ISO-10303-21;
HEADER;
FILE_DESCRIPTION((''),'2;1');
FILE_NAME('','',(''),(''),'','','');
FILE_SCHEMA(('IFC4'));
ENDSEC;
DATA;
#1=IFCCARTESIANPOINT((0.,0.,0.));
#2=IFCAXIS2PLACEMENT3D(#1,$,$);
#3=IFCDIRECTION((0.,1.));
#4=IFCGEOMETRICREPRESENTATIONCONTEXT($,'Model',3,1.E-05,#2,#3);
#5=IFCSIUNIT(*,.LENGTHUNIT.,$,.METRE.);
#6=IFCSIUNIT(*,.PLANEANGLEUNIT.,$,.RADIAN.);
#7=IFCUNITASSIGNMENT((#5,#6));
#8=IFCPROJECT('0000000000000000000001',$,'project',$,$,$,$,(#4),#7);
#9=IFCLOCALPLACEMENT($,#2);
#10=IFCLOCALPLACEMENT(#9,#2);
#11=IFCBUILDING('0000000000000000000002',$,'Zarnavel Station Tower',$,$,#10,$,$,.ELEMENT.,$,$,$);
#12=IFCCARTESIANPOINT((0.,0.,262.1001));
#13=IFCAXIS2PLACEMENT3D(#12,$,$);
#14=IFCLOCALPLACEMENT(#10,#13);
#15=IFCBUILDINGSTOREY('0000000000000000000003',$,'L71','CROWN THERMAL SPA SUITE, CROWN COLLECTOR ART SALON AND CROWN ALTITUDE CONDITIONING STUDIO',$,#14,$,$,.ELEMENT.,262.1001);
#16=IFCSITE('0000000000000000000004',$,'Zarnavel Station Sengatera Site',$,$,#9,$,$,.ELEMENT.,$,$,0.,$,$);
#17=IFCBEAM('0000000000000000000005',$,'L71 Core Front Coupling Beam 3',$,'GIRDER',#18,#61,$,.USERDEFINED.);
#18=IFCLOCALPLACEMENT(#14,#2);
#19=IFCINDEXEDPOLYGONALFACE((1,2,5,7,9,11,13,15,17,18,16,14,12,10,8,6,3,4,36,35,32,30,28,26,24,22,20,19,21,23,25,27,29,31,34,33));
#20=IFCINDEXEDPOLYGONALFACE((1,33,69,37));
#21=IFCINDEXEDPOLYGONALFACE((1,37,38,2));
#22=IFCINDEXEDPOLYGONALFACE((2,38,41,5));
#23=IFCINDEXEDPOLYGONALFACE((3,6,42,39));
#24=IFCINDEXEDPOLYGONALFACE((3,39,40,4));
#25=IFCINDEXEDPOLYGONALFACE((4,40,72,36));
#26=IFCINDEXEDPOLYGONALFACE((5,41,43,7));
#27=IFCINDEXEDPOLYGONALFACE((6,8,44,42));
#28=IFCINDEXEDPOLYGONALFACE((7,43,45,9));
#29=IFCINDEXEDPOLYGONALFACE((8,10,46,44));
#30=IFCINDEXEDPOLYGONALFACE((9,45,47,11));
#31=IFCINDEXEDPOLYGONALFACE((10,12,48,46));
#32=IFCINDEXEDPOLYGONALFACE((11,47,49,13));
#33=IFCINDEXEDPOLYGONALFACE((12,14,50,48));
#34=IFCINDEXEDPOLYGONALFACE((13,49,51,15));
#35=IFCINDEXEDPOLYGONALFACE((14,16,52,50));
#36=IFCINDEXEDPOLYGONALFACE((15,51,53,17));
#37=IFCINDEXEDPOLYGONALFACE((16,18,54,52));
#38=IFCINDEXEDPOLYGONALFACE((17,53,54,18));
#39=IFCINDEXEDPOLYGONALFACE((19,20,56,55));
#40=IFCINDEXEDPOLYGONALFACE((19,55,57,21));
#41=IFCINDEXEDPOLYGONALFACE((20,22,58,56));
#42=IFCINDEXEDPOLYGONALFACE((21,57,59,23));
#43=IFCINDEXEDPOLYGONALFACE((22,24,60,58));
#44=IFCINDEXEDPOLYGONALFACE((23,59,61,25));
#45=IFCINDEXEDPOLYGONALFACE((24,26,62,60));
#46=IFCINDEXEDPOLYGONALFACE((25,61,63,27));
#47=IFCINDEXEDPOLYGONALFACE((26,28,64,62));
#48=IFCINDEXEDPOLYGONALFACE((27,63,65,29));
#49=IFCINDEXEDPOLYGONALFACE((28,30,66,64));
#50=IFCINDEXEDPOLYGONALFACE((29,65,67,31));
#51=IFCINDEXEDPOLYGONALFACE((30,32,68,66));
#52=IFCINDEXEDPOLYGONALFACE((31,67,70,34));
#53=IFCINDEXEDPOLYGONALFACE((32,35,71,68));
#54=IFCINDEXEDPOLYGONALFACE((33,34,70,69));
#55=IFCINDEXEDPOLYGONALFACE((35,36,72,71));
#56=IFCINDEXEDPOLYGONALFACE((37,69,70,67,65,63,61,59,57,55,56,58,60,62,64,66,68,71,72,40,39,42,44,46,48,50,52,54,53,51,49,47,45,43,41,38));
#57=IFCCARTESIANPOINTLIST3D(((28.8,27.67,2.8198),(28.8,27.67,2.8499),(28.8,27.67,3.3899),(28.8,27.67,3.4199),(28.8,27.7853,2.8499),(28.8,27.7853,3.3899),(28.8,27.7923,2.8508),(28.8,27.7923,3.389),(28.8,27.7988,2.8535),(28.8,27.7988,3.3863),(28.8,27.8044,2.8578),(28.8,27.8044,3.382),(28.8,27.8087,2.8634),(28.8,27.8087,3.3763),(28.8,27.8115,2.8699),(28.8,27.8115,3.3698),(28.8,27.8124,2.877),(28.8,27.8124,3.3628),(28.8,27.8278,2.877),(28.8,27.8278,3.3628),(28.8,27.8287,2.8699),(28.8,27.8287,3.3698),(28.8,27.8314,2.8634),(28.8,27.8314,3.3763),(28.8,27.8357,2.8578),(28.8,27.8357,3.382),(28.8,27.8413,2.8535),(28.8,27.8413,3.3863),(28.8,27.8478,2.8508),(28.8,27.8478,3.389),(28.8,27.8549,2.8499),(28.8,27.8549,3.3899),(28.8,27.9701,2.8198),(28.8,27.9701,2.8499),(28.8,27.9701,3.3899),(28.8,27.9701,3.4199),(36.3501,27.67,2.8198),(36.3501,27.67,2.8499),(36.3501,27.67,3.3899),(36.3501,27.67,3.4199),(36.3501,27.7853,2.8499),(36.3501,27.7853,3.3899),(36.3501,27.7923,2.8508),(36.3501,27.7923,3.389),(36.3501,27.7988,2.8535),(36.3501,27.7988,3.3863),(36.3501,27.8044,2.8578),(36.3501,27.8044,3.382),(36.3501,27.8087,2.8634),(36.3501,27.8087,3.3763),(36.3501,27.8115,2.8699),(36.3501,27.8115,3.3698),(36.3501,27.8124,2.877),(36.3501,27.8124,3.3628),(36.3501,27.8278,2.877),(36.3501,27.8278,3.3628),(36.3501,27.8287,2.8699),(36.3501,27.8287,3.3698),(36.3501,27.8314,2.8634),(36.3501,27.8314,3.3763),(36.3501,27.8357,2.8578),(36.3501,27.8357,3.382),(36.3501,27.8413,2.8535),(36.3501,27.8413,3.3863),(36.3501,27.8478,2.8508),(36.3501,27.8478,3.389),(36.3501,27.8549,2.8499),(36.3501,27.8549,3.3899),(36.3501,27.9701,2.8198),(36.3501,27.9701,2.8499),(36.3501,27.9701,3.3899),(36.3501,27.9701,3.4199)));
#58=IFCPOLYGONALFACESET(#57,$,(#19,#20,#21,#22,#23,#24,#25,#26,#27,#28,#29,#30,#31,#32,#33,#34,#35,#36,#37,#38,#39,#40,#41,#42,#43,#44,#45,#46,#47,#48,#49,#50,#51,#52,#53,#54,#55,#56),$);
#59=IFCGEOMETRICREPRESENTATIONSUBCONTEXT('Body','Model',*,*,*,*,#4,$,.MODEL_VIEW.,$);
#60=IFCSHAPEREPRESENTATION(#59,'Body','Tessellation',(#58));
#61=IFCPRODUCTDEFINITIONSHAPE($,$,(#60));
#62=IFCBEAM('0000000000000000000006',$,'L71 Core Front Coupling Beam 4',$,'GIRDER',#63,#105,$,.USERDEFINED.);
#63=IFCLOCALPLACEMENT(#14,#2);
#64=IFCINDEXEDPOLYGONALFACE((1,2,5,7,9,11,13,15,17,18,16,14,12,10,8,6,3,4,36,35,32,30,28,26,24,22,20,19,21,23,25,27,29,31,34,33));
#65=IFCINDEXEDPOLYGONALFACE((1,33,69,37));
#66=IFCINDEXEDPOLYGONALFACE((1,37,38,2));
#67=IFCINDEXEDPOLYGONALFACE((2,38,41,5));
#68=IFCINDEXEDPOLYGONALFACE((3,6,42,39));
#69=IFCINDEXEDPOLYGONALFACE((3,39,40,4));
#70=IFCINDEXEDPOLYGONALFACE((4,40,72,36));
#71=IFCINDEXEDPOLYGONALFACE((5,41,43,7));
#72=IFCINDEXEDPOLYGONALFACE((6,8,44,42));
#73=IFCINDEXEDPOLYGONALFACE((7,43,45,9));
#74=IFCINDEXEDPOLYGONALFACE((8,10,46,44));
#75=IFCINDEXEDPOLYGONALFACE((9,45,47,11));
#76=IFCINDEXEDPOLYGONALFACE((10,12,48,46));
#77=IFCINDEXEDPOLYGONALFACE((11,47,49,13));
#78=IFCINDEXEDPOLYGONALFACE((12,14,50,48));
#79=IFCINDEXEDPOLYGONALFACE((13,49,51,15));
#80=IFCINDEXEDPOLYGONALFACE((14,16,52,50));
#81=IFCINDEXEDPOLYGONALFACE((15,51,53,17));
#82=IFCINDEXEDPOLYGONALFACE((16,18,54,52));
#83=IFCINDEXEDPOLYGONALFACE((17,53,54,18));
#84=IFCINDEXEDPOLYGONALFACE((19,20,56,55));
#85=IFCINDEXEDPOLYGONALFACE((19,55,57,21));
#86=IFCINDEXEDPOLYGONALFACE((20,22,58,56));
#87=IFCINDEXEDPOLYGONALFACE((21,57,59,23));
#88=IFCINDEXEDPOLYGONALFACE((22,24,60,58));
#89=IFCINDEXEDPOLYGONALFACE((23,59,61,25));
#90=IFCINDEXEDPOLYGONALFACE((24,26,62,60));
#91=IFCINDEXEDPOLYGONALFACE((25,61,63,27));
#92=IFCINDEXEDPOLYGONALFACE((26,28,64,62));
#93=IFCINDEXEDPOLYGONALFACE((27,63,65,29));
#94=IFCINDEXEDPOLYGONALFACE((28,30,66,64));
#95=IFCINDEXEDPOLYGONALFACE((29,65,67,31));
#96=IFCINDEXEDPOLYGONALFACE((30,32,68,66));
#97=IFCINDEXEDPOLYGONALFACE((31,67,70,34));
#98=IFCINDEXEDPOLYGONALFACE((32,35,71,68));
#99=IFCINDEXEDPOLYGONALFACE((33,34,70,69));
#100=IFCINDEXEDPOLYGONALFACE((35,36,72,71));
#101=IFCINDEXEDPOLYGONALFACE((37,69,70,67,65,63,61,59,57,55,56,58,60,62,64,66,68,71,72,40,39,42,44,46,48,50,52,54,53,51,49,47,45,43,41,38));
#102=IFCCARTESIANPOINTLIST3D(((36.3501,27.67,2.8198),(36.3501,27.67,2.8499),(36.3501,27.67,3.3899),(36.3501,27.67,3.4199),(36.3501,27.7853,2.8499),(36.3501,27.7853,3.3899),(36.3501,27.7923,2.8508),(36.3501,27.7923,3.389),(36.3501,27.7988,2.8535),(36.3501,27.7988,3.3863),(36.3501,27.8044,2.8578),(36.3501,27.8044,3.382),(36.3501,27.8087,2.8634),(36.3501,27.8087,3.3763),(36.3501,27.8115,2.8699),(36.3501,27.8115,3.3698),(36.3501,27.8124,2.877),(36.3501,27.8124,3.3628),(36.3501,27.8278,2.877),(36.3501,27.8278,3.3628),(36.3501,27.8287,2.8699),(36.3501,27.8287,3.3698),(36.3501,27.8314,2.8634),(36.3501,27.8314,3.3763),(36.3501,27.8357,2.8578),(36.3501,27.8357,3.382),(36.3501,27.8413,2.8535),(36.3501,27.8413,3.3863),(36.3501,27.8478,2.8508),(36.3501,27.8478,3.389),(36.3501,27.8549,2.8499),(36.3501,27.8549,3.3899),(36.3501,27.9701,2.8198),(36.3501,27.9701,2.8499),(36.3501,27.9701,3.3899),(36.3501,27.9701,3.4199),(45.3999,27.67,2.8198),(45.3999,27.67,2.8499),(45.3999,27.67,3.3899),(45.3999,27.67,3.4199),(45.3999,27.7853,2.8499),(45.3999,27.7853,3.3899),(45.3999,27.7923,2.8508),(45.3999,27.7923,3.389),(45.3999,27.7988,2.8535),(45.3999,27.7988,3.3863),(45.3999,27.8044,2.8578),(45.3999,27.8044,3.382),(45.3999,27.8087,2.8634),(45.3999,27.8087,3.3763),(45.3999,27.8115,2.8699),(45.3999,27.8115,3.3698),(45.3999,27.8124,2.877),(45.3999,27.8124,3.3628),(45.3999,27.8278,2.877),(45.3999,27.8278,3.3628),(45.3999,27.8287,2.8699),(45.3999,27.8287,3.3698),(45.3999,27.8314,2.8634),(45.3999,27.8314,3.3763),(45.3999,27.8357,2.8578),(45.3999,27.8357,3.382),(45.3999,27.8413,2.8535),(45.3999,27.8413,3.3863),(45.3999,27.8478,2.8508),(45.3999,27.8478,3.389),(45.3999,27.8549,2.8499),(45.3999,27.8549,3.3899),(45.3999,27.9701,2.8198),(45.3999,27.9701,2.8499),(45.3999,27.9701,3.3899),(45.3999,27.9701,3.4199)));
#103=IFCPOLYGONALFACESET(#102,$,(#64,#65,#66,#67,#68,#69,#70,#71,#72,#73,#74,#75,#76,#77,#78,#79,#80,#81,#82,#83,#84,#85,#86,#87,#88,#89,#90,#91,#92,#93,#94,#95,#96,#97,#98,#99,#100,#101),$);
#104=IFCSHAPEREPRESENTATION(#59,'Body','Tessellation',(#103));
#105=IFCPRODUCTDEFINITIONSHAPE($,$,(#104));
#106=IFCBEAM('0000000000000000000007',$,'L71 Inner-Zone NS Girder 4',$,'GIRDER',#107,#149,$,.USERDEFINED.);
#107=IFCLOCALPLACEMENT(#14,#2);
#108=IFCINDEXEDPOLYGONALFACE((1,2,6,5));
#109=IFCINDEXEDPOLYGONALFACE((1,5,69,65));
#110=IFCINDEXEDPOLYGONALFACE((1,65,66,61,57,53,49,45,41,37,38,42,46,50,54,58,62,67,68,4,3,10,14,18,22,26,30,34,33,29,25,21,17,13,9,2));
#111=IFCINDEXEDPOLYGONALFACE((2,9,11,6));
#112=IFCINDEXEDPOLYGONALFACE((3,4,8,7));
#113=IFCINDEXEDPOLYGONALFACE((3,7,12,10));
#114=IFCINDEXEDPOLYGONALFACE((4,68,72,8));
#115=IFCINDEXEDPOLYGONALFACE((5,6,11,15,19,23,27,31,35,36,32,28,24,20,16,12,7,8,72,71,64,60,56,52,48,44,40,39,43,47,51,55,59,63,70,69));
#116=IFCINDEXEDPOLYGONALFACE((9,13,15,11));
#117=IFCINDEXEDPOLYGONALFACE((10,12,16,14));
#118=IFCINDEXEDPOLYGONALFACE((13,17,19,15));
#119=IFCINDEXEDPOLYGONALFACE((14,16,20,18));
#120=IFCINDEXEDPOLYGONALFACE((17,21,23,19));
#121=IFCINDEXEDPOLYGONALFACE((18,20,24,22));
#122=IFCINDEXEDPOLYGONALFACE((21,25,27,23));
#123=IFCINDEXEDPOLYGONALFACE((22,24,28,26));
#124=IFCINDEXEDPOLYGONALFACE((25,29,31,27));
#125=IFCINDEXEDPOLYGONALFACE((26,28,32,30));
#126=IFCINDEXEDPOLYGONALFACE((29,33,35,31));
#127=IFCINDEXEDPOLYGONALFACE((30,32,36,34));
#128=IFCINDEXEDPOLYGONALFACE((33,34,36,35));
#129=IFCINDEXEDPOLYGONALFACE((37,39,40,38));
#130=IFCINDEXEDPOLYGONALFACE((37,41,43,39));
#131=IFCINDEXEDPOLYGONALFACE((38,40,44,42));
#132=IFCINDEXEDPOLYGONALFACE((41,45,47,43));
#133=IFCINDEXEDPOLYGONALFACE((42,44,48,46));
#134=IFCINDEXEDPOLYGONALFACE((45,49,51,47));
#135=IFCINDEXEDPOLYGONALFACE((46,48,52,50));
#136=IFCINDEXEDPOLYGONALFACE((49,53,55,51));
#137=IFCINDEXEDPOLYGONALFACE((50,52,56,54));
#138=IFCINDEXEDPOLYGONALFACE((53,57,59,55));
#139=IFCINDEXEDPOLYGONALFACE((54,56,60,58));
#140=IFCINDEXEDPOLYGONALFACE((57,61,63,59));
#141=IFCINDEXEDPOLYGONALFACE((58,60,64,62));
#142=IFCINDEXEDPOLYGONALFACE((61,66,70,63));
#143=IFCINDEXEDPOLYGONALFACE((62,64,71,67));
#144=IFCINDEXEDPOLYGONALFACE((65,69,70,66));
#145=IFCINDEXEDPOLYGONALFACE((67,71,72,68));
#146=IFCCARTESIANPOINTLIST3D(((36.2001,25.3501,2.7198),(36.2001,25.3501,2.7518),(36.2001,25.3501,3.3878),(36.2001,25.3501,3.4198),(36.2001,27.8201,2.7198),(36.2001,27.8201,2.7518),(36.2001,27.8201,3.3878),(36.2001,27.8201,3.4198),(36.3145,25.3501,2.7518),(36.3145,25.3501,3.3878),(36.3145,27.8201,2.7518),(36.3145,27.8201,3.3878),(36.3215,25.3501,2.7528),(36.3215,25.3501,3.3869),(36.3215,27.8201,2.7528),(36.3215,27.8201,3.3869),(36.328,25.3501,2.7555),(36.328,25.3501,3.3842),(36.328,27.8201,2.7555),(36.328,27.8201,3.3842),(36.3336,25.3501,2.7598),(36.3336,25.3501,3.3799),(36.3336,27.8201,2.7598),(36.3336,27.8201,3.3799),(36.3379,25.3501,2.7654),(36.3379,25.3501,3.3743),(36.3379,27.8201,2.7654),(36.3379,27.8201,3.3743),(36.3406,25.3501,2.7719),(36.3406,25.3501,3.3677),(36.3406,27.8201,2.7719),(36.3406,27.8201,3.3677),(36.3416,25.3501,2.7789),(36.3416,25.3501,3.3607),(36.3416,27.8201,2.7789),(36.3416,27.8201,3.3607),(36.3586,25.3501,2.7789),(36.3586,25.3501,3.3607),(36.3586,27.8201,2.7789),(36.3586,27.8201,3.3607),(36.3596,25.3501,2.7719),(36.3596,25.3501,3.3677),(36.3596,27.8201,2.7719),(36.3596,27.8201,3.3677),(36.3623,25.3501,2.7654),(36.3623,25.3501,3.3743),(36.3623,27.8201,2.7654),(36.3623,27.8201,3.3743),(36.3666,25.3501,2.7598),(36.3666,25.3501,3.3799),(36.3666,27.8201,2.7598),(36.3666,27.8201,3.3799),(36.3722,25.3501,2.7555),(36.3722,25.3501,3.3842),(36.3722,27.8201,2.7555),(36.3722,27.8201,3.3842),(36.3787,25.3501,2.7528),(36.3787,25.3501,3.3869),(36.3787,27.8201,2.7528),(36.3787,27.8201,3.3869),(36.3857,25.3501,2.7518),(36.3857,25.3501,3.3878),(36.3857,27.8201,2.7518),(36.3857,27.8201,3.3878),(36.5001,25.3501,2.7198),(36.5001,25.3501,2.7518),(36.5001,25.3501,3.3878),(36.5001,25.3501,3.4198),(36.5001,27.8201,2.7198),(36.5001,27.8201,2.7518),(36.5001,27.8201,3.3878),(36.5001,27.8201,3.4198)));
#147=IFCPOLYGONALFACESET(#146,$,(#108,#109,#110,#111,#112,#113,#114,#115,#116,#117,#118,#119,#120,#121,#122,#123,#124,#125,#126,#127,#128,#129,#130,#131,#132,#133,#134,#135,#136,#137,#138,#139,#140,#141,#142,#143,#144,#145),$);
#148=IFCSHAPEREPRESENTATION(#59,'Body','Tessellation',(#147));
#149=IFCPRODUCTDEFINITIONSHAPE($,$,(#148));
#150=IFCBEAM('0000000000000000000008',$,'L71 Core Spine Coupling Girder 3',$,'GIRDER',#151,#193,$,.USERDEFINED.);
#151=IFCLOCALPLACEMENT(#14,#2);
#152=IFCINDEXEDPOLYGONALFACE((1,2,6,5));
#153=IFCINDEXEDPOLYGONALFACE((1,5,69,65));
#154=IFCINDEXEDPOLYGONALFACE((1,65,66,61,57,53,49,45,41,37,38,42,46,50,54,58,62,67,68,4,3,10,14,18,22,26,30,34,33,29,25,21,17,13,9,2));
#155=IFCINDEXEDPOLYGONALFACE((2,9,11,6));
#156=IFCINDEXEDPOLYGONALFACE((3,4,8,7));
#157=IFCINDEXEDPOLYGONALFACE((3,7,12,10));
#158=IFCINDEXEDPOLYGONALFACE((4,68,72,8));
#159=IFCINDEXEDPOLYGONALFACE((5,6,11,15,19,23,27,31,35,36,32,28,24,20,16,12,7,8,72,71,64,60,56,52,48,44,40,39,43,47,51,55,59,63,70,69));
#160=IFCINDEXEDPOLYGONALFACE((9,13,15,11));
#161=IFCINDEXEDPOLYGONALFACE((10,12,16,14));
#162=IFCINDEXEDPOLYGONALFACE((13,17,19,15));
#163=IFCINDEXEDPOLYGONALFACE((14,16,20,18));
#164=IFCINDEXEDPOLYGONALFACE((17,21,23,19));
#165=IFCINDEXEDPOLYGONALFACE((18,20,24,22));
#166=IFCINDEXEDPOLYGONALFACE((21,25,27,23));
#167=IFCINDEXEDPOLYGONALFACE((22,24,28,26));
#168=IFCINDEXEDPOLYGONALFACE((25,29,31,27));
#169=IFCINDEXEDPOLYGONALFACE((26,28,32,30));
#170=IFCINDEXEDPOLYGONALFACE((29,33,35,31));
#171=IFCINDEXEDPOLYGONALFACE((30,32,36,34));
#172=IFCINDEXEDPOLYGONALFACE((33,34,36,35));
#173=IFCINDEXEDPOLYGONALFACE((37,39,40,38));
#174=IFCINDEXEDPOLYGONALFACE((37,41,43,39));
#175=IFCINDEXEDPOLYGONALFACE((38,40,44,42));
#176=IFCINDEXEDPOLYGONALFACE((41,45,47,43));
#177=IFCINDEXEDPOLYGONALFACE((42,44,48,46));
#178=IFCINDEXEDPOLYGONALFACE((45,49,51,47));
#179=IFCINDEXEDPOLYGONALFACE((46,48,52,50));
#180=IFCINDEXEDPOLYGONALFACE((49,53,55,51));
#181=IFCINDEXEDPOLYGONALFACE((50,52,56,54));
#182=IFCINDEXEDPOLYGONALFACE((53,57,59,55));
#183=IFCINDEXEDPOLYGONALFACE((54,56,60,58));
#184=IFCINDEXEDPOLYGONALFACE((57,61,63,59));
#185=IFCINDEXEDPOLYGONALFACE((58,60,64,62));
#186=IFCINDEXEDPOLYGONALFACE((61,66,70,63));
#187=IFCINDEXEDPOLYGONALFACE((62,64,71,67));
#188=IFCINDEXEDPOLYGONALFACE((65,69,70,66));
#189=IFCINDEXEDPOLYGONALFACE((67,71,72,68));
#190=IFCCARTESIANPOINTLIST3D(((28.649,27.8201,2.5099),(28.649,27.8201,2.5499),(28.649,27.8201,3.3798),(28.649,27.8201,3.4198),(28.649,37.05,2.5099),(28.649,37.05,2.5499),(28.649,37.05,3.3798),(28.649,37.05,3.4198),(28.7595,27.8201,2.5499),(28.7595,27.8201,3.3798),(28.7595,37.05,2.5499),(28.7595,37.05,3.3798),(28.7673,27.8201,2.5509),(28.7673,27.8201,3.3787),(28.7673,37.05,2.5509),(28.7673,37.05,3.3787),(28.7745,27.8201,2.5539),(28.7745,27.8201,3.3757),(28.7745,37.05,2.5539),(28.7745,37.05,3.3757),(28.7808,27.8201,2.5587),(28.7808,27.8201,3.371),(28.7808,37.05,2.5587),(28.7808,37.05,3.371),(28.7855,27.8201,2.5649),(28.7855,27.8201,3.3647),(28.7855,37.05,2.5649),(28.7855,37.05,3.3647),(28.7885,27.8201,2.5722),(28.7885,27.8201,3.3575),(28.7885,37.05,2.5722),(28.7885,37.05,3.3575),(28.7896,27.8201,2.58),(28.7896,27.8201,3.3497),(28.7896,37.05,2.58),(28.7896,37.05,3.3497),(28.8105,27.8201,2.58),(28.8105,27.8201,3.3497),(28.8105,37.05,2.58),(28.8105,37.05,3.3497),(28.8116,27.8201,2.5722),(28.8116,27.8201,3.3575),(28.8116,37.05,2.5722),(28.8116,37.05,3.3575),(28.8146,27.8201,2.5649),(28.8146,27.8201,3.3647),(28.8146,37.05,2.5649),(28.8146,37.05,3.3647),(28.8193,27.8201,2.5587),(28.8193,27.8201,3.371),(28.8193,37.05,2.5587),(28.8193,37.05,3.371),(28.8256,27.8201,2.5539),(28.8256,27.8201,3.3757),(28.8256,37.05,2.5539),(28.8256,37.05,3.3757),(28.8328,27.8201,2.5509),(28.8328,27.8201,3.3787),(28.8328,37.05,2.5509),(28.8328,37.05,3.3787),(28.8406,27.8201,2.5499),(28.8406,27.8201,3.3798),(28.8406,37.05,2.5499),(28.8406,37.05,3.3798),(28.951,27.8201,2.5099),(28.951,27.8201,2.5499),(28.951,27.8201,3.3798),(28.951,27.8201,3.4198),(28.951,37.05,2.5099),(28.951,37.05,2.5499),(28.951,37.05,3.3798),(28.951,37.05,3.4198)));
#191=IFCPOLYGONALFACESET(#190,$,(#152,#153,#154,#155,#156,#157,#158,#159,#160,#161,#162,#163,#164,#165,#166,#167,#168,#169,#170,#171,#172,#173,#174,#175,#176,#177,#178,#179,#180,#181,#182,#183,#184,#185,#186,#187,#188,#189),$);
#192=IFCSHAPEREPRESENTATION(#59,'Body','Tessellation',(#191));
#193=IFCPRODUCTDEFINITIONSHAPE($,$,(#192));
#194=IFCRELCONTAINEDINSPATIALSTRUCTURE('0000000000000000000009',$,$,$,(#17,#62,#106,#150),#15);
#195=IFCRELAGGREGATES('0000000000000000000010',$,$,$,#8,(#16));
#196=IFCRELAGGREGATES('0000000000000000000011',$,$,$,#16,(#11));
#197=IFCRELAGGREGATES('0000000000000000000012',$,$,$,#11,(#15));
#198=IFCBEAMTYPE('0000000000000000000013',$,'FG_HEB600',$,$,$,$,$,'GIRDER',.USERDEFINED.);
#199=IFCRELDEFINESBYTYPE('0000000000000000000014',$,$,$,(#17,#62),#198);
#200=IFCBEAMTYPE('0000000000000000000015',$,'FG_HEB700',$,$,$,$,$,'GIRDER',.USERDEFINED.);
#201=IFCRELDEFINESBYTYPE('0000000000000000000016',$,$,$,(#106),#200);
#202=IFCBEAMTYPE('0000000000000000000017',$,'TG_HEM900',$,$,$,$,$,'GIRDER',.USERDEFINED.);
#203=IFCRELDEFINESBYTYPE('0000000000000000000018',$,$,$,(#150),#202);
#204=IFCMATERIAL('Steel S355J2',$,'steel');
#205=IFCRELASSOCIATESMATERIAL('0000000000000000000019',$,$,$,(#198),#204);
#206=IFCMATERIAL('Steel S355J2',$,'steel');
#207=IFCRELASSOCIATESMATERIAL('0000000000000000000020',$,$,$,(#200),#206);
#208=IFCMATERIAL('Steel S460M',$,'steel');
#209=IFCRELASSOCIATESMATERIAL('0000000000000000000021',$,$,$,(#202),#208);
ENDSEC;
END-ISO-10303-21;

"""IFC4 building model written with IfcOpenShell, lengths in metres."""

from ifc_helpers import new_model, si_unit, direction, frame, origin, origin_2d, place, context, subcontext, project, spatial, i_section, extrude, material, material_profile, profile_set, type_object, element, save


model = new_model("IFC4")

# Units and contexts
model_context = context("Model", 3, precision=1e-05, world=origin(), true_north=direction((0.0, 1.0)))
body_context = subcontext(model_context, "Body", "Model", "MODEL_VIEW")
ifc_project = project(units=[si_unit("LENGTHUNIT", "METRE"), si_unit("PLANEANGLEUNIT", "RADIAN")], contexts=[model_context])

# Site, building, storey
site_placement = place(None, origin())
site = spatial("IfcSite", under=ifc_project, at=site_placement, Name="Zarnavel Station Sengatera Site", CompositionType="ELEMENT", RefElevation=0.0)
building_placement = place(site_placement, origin())
building = spatial("IfcBuilding", under=site, at=building_placement, Name="Zarnavel Station Tower", CompositionType="ELEMENT")
storey_placement = place(building_placement, frame((0.0, 0.0, 262.1001)))
storey = spatial("IfcBuildingStorey", under=building, at=storey_placement, Name="L71", Description="CROWN THERMAL SPA SUITE, CROWN COLLECTOR ART SALON AND CROWN ALTITUDE CONDITIONING STUDIO", CompositionType="ELEMENT", Elevation=262.1001)

# Beams
ifc_material_1 = material(Name="Steel S355J2", Category="steel")
ifc_material_profile_1 = material_profile(ifc_material_1, i_section(OverallWidth=0.3, OverallDepth=0.6001, WebThickness=0.0154, FlangeThickness=0.03, FilletRadius=0.0271, at=origin_2d()), Name="HEB600")
ifc_profile_set_1 = profile_set([ifc_material_profile_1], Name="Steel S355J2")
beam_type_1 = type_object("IfcBeamType", Name="FG_HEB600", ElementType="GIRDER", PredefinedType="USERDEFINED", material=ifc_profile_set_1)
beam_1_placement = place(storey_placement, frame((28.8, 27.8201, 3.1199), z_axis=(1.0, 0.0, 0.0), x_axis=(0.0, 1.0, 0.0)))
element("IfcBeam", 1, at=beam_1_placement, inside=storey, type_object=beam_type_1, Name="L71 Core Front Coupling Beam 3", ObjectType="GIRDER", PredefinedType="USERDEFINED", context=body_context, shape_type="SweptSolid", body=[
    extrude(i_section(OverallWidth=0.3, OverallDepth=0.6001, WebThickness=0.0154, FlangeThickness=0.03, FilletRadius=0.0271, at=origin_2d()), origin(), (0.0, 0.0, 1.0), 7.55),
])
beam_2_placement = place(storey_placement, frame((36.3501, 27.8201, 3.1199), z_axis=(1.0, 0.0, 0.0), x_axis=(0.0, 1.0, 0.0)))
element("IfcBeam", 2, at=beam_2_placement, inside=storey, type_object=beam_type_1, Name="L71 Core Front Coupling Beam 4", ObjectType="GIRDER", PredefinedType="USERDEFINED", context=body_context, shape_type="SweptSolid", body=[
    extrude(i_section(OverallWidth=0.3, OverallDepth=0.6001, WebThickness=0.0154, FlangeThickness=0.03, FilletRadius=0.0271, at=origin_2d()), origin(), (0.0, 0.0, 1.0), 9.0498),
])
ifc_material_2 = material(Name="Steel S355J2", Category="steel")
ifc_material_profile_2 = material_profile(ifc_material_2, i_section(OverallWidth=0.3, OverallDepth=0.7, WebThickness=0.0171, FlangeThickness=0.032, FilletRadius=0.0271, at=origin_2d()), Name="HEB700")
ifc_profile_set_2 = profile_set([ifc_material_profile_2], Name="Steel S355J2")
beam_type_2 = type_object("IfcBeamType", Name="FG_HEB700", ElementType="GIRDER", PredefinedType="USERDEFINED", material=ifc_profile_set_2)
beam_3_placement = place(storey_placement, frame((36.3501, 25.3501, 3.0698), z_axis=(0.0, 1.0, 0.0), x_axis=(-1.0, 0.0, 0.0)))
element("IfcBeam", 3, at=beam_3_placement, inside=storey, type_object=beam_type_2, Name="L71 Inner-Zone NS Girder 4", ObjectType="GIRDER", PredefinedType="USERDEFINED", context=body_context, shape_type="SweptSolid", body=[
    extrude(i_section(OverallWidth=0.3, OverallDepth=0.7, WebThickness=0.0171, FlangeThickness=0.032, FilletRadius=0.0271, at=origin_2d()), origin(), (0.0, 0.0, 1.0), 2.47),
])
ifc_material_3 = material(Name="Steel S460M", Category="steel")
ifc_material_profile_3 = material_profile(ifc_material_3, i_section(OverallWidth=0.302, OverallDepth=0.9099, WebThickness=0.021, FlangeThickness=0.04, FilletRadius=0.03, at=origin_2d()), Name="HEM900")
ifc_profile_set_3 = profile_set([ifc_material_profile_3], Name="Steel S460M")
beam_type_3 = type_object("IfcBeamType", Name="TG_HEM900", ElementType="GIRDER", PredefinedType="USERDEFINED", material=ifc_profile_set_3)
for number, where, z_axis, x_axis, name in (
    (4, (28.8, 27.8201, 2.9648), (0.0, 1.0, 0.0), (-1.0, 0.0, 0.0), "L71 Core Spine Coupling Girder 3"),
):
    element("IfcBeam", number, at=place(storey_placement, frame(where, z_axis=z_axis, x_axis=x_axis)), inside=storey, type_object=beam_type_3, Name=name, ObjectType="GIRDER", PredefinedType="USERDEFINED", context=body_context, shape_type="SweptSolid", body=[
        extrude(i_section(OverallWidth=0.302, OverallDepth=0.9099, WebThickness=0.021, FlangeThickness=0.04, FilletRadius=0.03, at=origin_2d()), origin(), (0.0, 0.0, 1.0), 9.23),
    ])

save(model, "model.ifc")
